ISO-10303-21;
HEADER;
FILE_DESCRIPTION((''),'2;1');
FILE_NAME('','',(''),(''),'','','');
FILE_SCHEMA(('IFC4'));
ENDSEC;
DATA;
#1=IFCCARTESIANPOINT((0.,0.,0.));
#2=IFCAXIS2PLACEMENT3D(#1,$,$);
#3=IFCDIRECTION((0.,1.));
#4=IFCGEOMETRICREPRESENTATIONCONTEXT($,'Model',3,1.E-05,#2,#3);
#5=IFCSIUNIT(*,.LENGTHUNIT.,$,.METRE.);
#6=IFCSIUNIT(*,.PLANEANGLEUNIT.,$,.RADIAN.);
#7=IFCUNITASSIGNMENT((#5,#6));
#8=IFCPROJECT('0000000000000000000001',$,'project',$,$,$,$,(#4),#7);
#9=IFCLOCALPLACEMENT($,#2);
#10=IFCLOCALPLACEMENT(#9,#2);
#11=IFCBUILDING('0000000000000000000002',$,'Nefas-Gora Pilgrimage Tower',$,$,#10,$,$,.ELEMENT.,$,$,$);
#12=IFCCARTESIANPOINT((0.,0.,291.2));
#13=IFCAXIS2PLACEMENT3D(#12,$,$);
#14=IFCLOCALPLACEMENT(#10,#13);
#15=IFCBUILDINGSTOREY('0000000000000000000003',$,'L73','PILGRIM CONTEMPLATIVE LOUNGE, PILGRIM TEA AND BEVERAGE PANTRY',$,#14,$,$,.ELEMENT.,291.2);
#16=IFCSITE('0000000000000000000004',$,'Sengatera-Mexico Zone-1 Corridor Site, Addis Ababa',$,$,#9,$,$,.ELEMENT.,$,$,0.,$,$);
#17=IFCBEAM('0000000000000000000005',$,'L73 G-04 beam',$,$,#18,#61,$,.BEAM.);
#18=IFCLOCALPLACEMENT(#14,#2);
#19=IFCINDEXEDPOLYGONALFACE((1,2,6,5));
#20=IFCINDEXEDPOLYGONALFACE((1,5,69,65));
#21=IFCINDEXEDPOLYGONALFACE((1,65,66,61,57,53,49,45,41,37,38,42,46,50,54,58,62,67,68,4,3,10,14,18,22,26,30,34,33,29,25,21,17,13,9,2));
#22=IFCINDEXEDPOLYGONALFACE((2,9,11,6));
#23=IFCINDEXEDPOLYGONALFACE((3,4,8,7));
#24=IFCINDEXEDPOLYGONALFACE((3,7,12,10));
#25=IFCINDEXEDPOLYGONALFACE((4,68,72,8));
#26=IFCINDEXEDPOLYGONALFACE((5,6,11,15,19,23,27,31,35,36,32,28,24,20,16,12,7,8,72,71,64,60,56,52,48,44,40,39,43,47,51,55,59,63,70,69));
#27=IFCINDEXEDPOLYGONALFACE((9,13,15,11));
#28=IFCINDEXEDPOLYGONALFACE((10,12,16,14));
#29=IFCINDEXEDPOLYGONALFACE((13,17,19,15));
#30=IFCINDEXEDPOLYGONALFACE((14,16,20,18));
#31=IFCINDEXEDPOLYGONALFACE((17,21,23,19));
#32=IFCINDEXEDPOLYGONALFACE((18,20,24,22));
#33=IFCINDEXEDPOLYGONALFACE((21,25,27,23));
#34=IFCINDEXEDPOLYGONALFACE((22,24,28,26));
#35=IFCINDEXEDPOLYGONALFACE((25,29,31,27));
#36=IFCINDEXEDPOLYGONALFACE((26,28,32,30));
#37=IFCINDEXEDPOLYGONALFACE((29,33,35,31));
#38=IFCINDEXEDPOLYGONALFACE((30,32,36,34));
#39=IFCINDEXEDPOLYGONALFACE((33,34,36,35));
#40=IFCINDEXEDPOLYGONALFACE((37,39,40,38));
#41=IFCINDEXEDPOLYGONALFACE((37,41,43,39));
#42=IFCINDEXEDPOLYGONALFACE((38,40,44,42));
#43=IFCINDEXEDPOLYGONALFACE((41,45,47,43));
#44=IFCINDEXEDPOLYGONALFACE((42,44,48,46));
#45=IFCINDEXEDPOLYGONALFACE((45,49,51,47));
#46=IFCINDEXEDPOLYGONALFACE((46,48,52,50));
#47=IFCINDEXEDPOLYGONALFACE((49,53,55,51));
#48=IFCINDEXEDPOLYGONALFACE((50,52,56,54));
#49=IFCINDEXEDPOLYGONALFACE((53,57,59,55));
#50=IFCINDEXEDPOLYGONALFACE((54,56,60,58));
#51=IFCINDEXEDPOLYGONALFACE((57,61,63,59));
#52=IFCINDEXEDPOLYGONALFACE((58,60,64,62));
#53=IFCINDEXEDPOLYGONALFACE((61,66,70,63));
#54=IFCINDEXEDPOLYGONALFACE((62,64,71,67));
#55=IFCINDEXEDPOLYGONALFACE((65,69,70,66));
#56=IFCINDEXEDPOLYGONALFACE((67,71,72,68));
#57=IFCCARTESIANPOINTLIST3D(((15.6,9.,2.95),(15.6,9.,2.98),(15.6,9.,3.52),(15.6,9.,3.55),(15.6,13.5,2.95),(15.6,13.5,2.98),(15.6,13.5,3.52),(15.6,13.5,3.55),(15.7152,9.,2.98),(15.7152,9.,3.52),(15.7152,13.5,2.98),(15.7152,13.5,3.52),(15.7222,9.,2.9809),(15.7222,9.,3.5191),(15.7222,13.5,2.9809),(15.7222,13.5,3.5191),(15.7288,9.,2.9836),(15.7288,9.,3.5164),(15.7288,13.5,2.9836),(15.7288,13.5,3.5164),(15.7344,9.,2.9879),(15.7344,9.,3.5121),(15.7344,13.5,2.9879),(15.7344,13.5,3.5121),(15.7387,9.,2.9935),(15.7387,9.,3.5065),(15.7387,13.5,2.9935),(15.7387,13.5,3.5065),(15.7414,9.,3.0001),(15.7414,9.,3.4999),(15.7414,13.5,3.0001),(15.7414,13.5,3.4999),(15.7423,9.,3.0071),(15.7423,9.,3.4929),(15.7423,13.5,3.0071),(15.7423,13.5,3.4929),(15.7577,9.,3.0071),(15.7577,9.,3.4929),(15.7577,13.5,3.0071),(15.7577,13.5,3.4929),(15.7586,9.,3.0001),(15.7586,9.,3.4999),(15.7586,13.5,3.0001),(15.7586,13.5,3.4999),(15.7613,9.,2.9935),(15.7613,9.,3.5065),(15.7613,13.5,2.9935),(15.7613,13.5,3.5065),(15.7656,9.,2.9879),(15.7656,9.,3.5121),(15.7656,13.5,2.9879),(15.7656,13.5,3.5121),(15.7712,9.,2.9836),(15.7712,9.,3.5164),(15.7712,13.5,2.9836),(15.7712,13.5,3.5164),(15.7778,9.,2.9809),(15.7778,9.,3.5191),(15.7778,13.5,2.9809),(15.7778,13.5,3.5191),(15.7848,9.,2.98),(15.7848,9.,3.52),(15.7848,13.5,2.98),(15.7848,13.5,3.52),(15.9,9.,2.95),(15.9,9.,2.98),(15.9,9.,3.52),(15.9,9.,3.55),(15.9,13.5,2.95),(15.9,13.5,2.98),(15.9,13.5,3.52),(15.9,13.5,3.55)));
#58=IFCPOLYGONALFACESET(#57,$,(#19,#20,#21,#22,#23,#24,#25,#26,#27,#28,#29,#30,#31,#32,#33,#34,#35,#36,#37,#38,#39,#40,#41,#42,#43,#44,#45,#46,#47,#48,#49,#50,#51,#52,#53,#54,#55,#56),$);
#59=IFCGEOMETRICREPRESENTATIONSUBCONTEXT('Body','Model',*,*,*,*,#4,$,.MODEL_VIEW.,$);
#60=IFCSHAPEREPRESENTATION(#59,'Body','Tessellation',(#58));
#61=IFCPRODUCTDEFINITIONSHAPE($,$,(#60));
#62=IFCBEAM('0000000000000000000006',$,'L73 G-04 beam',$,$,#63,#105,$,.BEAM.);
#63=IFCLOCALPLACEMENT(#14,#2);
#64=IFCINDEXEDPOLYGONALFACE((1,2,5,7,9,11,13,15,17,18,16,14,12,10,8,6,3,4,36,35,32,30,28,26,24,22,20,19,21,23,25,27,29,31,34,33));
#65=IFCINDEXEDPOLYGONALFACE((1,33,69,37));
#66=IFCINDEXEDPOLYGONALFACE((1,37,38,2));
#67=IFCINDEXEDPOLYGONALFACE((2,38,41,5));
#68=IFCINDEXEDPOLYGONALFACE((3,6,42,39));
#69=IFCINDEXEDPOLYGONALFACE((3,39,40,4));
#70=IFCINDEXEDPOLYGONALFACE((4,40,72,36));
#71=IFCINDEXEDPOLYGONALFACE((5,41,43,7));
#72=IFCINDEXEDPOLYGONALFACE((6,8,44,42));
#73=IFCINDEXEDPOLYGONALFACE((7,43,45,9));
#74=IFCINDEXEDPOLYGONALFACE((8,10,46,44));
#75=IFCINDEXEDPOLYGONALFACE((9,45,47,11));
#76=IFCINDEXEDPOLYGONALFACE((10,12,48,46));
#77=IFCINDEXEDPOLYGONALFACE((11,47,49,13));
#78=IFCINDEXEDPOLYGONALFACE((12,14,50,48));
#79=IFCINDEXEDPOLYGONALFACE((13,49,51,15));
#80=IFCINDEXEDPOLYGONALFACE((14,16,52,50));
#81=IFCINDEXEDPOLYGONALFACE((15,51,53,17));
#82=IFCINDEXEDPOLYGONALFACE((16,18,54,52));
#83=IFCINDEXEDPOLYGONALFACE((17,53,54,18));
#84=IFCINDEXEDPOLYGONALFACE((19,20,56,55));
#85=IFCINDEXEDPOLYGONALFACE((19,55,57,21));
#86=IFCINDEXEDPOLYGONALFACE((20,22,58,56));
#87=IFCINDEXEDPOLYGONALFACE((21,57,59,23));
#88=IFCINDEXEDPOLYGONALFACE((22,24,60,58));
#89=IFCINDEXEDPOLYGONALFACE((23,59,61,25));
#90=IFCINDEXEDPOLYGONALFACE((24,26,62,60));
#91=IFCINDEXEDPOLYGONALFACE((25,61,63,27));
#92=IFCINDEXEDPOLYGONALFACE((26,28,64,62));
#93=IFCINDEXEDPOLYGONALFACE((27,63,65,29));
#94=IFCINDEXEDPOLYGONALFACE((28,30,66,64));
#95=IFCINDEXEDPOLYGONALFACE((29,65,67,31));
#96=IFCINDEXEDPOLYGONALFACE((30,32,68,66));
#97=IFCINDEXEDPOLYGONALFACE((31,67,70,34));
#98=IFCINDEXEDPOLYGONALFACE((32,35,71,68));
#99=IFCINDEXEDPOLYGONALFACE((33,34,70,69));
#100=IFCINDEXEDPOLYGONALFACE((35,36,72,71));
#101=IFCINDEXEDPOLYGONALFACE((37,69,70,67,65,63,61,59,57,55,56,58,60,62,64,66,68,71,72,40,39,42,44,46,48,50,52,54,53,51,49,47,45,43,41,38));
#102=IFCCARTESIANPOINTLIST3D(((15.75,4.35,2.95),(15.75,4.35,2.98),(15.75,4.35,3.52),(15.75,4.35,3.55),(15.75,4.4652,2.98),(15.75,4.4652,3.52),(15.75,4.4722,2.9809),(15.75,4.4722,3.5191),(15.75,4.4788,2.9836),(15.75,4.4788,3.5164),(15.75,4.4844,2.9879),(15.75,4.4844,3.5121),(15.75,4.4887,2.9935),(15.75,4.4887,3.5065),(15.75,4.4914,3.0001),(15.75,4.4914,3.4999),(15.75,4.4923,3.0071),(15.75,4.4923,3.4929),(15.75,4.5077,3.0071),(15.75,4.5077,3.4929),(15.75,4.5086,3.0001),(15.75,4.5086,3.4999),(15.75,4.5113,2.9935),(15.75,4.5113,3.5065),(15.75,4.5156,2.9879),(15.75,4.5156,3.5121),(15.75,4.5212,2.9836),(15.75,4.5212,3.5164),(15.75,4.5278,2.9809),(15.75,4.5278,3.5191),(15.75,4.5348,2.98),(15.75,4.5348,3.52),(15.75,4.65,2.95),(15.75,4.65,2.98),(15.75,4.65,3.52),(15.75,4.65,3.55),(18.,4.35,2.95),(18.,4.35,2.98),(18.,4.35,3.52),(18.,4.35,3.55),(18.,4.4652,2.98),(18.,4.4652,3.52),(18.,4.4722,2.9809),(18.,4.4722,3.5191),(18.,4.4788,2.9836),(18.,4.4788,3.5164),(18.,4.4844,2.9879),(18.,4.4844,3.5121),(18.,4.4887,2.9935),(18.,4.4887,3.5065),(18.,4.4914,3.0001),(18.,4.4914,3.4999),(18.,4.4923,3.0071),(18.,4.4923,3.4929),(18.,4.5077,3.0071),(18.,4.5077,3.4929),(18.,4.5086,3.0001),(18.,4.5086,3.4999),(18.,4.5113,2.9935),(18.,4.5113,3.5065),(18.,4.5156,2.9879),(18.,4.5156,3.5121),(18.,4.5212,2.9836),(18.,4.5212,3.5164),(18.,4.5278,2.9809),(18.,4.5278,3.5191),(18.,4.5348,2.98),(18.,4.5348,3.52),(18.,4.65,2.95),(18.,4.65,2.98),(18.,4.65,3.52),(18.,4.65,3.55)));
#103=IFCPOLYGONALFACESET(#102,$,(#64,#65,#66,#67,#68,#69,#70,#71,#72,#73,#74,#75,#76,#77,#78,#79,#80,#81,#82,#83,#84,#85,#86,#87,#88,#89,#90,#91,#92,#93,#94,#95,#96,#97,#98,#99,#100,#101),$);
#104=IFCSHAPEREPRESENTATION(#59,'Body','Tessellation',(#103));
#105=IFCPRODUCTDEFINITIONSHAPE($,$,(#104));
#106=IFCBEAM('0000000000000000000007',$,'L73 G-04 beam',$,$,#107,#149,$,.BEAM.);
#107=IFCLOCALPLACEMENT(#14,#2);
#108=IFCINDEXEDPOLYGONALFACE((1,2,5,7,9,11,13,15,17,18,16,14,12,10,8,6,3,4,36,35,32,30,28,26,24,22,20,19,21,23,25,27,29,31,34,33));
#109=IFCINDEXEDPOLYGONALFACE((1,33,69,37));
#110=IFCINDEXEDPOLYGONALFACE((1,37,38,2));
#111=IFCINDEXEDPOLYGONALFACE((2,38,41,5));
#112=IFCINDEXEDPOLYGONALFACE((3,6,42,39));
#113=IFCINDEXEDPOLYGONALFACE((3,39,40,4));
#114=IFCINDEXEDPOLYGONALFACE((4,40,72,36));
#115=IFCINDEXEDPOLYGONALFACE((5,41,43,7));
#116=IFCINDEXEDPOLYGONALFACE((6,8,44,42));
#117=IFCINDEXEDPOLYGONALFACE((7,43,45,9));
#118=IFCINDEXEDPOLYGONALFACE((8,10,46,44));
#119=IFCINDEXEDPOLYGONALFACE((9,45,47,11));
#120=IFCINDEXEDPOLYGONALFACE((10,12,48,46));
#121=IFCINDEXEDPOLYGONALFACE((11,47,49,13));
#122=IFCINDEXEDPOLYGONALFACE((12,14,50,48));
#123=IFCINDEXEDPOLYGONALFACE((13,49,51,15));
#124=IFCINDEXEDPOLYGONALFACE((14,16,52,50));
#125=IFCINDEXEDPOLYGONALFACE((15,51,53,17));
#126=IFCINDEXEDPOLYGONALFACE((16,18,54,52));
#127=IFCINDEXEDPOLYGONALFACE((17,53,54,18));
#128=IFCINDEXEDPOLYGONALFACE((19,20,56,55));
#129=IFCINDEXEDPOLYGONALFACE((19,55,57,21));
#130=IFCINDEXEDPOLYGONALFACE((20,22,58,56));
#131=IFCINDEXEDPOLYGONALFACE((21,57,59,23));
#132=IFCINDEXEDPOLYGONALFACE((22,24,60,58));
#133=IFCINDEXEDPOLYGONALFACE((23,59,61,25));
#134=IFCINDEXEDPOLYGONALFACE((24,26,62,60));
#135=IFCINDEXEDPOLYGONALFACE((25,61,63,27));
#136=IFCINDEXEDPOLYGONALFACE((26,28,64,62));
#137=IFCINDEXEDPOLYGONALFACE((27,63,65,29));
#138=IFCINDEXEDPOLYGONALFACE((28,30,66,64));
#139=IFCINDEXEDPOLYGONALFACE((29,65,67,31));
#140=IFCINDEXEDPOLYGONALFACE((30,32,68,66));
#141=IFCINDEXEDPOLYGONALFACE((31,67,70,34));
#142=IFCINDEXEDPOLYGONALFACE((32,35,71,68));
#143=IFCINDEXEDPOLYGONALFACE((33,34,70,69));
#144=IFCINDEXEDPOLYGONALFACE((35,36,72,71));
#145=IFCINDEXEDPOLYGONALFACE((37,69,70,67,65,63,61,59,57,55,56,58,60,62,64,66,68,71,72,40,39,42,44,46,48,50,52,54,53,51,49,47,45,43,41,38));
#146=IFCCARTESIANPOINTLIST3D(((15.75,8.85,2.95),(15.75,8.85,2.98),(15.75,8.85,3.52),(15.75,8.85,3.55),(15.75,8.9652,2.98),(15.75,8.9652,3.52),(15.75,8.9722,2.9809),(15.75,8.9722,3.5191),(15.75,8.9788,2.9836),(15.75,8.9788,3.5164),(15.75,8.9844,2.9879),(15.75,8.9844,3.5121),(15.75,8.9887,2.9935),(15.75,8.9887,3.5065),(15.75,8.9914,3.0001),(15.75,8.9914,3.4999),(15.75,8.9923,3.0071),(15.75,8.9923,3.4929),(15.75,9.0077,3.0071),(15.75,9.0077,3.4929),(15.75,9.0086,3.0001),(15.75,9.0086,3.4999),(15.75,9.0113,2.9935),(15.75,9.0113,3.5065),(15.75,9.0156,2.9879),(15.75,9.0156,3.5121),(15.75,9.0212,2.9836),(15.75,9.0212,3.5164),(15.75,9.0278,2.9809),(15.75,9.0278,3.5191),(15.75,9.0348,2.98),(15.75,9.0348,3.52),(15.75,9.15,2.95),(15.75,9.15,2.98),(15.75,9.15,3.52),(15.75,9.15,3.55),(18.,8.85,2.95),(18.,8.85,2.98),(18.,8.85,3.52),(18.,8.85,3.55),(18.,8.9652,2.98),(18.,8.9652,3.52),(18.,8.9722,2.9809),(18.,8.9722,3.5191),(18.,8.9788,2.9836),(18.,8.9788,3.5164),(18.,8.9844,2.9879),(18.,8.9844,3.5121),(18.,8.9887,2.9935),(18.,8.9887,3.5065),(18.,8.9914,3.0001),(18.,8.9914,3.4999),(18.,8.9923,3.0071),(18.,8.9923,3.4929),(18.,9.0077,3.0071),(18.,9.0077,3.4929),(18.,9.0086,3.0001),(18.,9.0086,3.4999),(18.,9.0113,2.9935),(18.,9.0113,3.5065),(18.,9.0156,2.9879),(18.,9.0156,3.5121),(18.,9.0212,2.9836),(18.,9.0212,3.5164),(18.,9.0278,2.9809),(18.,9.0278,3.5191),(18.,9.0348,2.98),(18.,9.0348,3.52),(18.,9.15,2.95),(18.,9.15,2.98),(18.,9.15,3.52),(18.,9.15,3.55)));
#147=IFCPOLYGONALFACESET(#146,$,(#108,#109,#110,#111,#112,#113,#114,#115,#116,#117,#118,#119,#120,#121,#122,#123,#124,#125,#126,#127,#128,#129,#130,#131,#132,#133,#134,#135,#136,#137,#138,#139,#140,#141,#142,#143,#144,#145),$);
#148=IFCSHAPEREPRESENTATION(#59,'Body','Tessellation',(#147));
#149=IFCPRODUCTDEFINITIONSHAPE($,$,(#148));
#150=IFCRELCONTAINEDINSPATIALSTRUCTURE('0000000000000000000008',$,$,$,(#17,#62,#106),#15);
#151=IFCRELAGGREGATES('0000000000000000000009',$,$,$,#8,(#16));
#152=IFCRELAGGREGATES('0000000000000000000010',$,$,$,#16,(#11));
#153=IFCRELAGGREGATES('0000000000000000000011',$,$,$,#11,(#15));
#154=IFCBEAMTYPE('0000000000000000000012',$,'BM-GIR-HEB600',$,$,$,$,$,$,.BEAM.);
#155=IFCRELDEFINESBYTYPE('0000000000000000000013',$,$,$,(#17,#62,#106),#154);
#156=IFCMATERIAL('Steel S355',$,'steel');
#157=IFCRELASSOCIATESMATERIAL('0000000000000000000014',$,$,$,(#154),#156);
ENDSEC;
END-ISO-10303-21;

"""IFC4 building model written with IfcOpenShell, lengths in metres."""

from ifc_helpers import new_model, si_unit, direction, frame, origin, origin_2d, place, context, subcontext, project, spatial, i_section, extrude, source, transform, mapped, material, material_profile, profile_set, type_object, element, save


model = new_model("IFC4")

# Units and contexts
model_context = context("Model", 3, precision=1e-05, world=origin(), true_north=direction((0.0, 1.0)))
body_context = subcontext(model_context, "Body", "Model", "MODEL_VIEW")
ifc_project = project(units=[si_unit("LENGTHUNIT", "METRE"), si_unit("PLANEANGLEUNIT", "RADIAN")], contexts=[model_context])

# Site, building, storey
site_placement = place(None, origin())
site = spatial("IfcSite", under=ifc_project, at=site_placement, Name="Sengatera-Mexico Zone-1 Corridor Site, Addis Ababa", CompositionType="ELEMENT", RefElevation=0.0)
building_placement = place(site_placement, origin())
building = spatial("IfcBuilding", under=site, at=building_placement, Name="Nefas-Gora Pilgrimage Tower", CompositionType="ELEMENT")
storey_placement = place(building_placement, frame((0.0, 0.0, 291.2)))
storey = spatial("IfcBuildingStorey", under=building, at=storey_placement, Name="L73", Description="PILGRIM CONTEMPLATIVE LOUNGE, PILGRIM TEA AND BEVERAGE PANTRY", CompositionType="ELEMENT", Elevation=291.2)

# Shared definitions
ifc_material_1 = material(Name="Steel S355", Category="steel")

# Beams
ifc_material_profile_1 = material_profile(ifc_material_1, i_section(OverallWidth=0.3, OverallDepth=0.6001, WebThickness=0.0154, FlangeThickness=0.03, FilletRadius=0.0271, at=origin_2d()), Name="HEB 600")
ifc_profile_set_1 = profile_set([ifc_material_profile_1], Name="Steel S355")
beam_type_1 = type_object("IfcBeamType", Name="BM-GIR-HEB600", PredefinedType="BEAM", material=ifc_profile_set_1)
shared_shape_1 = source(origin(), body_context, "Body", "SweptSolid", [
    extrude(i_section(OverallWidth=0.3, OverallDepth=0.6001, WebThickness=0.0154, FlangeThickness=0.03, FilletRadius=0.0271, at=origin_2d()), origin(), (0.0, 0.0, 1.0), 4.5),
])
for number, where, z_axis, x_axis, name in (
    (1, (15.75, 9.0, 3.25), (0.0, 1.0, 0.0), (-1.0, 0.0, 0.0), "L73 G-04 beam"),
):
    element("IfcBeam", number, at=place(storey_placement, frame(where, z_axis=z_axis, x_axis=x_axis)), inside=storey, type_object=beam_type_1, Name=name, PredefinedType="BEAM", context=body_context, shape_type="MappedRepresentation", body=[
        mapped(shared_shape_1, transform((0.0, 0.0, 0.0), x_axis=(1.0, 0.0, 0.0), y_axis=(0.0, 1.0, 0.0), z_axis=(0.0, 0.0, 1.0), scale=1.0)),
    ])
shared_shape_2 = source(origin(), body_context, "Body", "SweptSolid", [
    extrude(i_section(OverallWidth=0.3, OverallDepth=0.6001, WebThickness=0.0154, FlangeThickness=0.03, FilletRadius=0.0271, at=origin_2d()), origin(), (0.0, 0.0, 1.0), 2.25),
])
for number, where, z_axis, x_axis, name in (
    (2, (15.75, 4.5, 3.25), (1.0, 0.0, 0.0), (0.0, 1.0, 0.0), "L73 G-04 beam"),
    (3, (15.75, 9.0, 3.25), (1.0, 0.0, 0.0), (0.0, 1.0, 0.0), "L73 G-04 beam"),
):
    element("IfcBeam", number, at=place(storey_placement, frame(where, z_axis=z_axis, x_axis=x_axis)), inside=storey, type_object=beam_type_1, Name=name, PredefinedType="BEAM", context=body_context, shape_type="MappedRepresentation", body=[
        mapped(shared_shape_2, transform((0.0, 0.0, 0.0), x_axis=(1.0, 0.0, 0.0), y_axis=(0.0, 1.0, 0.0), z_axis=(0.0, 0.0, 1.0), scale=1.0)),
    ])

save(model, "model.ifc")
